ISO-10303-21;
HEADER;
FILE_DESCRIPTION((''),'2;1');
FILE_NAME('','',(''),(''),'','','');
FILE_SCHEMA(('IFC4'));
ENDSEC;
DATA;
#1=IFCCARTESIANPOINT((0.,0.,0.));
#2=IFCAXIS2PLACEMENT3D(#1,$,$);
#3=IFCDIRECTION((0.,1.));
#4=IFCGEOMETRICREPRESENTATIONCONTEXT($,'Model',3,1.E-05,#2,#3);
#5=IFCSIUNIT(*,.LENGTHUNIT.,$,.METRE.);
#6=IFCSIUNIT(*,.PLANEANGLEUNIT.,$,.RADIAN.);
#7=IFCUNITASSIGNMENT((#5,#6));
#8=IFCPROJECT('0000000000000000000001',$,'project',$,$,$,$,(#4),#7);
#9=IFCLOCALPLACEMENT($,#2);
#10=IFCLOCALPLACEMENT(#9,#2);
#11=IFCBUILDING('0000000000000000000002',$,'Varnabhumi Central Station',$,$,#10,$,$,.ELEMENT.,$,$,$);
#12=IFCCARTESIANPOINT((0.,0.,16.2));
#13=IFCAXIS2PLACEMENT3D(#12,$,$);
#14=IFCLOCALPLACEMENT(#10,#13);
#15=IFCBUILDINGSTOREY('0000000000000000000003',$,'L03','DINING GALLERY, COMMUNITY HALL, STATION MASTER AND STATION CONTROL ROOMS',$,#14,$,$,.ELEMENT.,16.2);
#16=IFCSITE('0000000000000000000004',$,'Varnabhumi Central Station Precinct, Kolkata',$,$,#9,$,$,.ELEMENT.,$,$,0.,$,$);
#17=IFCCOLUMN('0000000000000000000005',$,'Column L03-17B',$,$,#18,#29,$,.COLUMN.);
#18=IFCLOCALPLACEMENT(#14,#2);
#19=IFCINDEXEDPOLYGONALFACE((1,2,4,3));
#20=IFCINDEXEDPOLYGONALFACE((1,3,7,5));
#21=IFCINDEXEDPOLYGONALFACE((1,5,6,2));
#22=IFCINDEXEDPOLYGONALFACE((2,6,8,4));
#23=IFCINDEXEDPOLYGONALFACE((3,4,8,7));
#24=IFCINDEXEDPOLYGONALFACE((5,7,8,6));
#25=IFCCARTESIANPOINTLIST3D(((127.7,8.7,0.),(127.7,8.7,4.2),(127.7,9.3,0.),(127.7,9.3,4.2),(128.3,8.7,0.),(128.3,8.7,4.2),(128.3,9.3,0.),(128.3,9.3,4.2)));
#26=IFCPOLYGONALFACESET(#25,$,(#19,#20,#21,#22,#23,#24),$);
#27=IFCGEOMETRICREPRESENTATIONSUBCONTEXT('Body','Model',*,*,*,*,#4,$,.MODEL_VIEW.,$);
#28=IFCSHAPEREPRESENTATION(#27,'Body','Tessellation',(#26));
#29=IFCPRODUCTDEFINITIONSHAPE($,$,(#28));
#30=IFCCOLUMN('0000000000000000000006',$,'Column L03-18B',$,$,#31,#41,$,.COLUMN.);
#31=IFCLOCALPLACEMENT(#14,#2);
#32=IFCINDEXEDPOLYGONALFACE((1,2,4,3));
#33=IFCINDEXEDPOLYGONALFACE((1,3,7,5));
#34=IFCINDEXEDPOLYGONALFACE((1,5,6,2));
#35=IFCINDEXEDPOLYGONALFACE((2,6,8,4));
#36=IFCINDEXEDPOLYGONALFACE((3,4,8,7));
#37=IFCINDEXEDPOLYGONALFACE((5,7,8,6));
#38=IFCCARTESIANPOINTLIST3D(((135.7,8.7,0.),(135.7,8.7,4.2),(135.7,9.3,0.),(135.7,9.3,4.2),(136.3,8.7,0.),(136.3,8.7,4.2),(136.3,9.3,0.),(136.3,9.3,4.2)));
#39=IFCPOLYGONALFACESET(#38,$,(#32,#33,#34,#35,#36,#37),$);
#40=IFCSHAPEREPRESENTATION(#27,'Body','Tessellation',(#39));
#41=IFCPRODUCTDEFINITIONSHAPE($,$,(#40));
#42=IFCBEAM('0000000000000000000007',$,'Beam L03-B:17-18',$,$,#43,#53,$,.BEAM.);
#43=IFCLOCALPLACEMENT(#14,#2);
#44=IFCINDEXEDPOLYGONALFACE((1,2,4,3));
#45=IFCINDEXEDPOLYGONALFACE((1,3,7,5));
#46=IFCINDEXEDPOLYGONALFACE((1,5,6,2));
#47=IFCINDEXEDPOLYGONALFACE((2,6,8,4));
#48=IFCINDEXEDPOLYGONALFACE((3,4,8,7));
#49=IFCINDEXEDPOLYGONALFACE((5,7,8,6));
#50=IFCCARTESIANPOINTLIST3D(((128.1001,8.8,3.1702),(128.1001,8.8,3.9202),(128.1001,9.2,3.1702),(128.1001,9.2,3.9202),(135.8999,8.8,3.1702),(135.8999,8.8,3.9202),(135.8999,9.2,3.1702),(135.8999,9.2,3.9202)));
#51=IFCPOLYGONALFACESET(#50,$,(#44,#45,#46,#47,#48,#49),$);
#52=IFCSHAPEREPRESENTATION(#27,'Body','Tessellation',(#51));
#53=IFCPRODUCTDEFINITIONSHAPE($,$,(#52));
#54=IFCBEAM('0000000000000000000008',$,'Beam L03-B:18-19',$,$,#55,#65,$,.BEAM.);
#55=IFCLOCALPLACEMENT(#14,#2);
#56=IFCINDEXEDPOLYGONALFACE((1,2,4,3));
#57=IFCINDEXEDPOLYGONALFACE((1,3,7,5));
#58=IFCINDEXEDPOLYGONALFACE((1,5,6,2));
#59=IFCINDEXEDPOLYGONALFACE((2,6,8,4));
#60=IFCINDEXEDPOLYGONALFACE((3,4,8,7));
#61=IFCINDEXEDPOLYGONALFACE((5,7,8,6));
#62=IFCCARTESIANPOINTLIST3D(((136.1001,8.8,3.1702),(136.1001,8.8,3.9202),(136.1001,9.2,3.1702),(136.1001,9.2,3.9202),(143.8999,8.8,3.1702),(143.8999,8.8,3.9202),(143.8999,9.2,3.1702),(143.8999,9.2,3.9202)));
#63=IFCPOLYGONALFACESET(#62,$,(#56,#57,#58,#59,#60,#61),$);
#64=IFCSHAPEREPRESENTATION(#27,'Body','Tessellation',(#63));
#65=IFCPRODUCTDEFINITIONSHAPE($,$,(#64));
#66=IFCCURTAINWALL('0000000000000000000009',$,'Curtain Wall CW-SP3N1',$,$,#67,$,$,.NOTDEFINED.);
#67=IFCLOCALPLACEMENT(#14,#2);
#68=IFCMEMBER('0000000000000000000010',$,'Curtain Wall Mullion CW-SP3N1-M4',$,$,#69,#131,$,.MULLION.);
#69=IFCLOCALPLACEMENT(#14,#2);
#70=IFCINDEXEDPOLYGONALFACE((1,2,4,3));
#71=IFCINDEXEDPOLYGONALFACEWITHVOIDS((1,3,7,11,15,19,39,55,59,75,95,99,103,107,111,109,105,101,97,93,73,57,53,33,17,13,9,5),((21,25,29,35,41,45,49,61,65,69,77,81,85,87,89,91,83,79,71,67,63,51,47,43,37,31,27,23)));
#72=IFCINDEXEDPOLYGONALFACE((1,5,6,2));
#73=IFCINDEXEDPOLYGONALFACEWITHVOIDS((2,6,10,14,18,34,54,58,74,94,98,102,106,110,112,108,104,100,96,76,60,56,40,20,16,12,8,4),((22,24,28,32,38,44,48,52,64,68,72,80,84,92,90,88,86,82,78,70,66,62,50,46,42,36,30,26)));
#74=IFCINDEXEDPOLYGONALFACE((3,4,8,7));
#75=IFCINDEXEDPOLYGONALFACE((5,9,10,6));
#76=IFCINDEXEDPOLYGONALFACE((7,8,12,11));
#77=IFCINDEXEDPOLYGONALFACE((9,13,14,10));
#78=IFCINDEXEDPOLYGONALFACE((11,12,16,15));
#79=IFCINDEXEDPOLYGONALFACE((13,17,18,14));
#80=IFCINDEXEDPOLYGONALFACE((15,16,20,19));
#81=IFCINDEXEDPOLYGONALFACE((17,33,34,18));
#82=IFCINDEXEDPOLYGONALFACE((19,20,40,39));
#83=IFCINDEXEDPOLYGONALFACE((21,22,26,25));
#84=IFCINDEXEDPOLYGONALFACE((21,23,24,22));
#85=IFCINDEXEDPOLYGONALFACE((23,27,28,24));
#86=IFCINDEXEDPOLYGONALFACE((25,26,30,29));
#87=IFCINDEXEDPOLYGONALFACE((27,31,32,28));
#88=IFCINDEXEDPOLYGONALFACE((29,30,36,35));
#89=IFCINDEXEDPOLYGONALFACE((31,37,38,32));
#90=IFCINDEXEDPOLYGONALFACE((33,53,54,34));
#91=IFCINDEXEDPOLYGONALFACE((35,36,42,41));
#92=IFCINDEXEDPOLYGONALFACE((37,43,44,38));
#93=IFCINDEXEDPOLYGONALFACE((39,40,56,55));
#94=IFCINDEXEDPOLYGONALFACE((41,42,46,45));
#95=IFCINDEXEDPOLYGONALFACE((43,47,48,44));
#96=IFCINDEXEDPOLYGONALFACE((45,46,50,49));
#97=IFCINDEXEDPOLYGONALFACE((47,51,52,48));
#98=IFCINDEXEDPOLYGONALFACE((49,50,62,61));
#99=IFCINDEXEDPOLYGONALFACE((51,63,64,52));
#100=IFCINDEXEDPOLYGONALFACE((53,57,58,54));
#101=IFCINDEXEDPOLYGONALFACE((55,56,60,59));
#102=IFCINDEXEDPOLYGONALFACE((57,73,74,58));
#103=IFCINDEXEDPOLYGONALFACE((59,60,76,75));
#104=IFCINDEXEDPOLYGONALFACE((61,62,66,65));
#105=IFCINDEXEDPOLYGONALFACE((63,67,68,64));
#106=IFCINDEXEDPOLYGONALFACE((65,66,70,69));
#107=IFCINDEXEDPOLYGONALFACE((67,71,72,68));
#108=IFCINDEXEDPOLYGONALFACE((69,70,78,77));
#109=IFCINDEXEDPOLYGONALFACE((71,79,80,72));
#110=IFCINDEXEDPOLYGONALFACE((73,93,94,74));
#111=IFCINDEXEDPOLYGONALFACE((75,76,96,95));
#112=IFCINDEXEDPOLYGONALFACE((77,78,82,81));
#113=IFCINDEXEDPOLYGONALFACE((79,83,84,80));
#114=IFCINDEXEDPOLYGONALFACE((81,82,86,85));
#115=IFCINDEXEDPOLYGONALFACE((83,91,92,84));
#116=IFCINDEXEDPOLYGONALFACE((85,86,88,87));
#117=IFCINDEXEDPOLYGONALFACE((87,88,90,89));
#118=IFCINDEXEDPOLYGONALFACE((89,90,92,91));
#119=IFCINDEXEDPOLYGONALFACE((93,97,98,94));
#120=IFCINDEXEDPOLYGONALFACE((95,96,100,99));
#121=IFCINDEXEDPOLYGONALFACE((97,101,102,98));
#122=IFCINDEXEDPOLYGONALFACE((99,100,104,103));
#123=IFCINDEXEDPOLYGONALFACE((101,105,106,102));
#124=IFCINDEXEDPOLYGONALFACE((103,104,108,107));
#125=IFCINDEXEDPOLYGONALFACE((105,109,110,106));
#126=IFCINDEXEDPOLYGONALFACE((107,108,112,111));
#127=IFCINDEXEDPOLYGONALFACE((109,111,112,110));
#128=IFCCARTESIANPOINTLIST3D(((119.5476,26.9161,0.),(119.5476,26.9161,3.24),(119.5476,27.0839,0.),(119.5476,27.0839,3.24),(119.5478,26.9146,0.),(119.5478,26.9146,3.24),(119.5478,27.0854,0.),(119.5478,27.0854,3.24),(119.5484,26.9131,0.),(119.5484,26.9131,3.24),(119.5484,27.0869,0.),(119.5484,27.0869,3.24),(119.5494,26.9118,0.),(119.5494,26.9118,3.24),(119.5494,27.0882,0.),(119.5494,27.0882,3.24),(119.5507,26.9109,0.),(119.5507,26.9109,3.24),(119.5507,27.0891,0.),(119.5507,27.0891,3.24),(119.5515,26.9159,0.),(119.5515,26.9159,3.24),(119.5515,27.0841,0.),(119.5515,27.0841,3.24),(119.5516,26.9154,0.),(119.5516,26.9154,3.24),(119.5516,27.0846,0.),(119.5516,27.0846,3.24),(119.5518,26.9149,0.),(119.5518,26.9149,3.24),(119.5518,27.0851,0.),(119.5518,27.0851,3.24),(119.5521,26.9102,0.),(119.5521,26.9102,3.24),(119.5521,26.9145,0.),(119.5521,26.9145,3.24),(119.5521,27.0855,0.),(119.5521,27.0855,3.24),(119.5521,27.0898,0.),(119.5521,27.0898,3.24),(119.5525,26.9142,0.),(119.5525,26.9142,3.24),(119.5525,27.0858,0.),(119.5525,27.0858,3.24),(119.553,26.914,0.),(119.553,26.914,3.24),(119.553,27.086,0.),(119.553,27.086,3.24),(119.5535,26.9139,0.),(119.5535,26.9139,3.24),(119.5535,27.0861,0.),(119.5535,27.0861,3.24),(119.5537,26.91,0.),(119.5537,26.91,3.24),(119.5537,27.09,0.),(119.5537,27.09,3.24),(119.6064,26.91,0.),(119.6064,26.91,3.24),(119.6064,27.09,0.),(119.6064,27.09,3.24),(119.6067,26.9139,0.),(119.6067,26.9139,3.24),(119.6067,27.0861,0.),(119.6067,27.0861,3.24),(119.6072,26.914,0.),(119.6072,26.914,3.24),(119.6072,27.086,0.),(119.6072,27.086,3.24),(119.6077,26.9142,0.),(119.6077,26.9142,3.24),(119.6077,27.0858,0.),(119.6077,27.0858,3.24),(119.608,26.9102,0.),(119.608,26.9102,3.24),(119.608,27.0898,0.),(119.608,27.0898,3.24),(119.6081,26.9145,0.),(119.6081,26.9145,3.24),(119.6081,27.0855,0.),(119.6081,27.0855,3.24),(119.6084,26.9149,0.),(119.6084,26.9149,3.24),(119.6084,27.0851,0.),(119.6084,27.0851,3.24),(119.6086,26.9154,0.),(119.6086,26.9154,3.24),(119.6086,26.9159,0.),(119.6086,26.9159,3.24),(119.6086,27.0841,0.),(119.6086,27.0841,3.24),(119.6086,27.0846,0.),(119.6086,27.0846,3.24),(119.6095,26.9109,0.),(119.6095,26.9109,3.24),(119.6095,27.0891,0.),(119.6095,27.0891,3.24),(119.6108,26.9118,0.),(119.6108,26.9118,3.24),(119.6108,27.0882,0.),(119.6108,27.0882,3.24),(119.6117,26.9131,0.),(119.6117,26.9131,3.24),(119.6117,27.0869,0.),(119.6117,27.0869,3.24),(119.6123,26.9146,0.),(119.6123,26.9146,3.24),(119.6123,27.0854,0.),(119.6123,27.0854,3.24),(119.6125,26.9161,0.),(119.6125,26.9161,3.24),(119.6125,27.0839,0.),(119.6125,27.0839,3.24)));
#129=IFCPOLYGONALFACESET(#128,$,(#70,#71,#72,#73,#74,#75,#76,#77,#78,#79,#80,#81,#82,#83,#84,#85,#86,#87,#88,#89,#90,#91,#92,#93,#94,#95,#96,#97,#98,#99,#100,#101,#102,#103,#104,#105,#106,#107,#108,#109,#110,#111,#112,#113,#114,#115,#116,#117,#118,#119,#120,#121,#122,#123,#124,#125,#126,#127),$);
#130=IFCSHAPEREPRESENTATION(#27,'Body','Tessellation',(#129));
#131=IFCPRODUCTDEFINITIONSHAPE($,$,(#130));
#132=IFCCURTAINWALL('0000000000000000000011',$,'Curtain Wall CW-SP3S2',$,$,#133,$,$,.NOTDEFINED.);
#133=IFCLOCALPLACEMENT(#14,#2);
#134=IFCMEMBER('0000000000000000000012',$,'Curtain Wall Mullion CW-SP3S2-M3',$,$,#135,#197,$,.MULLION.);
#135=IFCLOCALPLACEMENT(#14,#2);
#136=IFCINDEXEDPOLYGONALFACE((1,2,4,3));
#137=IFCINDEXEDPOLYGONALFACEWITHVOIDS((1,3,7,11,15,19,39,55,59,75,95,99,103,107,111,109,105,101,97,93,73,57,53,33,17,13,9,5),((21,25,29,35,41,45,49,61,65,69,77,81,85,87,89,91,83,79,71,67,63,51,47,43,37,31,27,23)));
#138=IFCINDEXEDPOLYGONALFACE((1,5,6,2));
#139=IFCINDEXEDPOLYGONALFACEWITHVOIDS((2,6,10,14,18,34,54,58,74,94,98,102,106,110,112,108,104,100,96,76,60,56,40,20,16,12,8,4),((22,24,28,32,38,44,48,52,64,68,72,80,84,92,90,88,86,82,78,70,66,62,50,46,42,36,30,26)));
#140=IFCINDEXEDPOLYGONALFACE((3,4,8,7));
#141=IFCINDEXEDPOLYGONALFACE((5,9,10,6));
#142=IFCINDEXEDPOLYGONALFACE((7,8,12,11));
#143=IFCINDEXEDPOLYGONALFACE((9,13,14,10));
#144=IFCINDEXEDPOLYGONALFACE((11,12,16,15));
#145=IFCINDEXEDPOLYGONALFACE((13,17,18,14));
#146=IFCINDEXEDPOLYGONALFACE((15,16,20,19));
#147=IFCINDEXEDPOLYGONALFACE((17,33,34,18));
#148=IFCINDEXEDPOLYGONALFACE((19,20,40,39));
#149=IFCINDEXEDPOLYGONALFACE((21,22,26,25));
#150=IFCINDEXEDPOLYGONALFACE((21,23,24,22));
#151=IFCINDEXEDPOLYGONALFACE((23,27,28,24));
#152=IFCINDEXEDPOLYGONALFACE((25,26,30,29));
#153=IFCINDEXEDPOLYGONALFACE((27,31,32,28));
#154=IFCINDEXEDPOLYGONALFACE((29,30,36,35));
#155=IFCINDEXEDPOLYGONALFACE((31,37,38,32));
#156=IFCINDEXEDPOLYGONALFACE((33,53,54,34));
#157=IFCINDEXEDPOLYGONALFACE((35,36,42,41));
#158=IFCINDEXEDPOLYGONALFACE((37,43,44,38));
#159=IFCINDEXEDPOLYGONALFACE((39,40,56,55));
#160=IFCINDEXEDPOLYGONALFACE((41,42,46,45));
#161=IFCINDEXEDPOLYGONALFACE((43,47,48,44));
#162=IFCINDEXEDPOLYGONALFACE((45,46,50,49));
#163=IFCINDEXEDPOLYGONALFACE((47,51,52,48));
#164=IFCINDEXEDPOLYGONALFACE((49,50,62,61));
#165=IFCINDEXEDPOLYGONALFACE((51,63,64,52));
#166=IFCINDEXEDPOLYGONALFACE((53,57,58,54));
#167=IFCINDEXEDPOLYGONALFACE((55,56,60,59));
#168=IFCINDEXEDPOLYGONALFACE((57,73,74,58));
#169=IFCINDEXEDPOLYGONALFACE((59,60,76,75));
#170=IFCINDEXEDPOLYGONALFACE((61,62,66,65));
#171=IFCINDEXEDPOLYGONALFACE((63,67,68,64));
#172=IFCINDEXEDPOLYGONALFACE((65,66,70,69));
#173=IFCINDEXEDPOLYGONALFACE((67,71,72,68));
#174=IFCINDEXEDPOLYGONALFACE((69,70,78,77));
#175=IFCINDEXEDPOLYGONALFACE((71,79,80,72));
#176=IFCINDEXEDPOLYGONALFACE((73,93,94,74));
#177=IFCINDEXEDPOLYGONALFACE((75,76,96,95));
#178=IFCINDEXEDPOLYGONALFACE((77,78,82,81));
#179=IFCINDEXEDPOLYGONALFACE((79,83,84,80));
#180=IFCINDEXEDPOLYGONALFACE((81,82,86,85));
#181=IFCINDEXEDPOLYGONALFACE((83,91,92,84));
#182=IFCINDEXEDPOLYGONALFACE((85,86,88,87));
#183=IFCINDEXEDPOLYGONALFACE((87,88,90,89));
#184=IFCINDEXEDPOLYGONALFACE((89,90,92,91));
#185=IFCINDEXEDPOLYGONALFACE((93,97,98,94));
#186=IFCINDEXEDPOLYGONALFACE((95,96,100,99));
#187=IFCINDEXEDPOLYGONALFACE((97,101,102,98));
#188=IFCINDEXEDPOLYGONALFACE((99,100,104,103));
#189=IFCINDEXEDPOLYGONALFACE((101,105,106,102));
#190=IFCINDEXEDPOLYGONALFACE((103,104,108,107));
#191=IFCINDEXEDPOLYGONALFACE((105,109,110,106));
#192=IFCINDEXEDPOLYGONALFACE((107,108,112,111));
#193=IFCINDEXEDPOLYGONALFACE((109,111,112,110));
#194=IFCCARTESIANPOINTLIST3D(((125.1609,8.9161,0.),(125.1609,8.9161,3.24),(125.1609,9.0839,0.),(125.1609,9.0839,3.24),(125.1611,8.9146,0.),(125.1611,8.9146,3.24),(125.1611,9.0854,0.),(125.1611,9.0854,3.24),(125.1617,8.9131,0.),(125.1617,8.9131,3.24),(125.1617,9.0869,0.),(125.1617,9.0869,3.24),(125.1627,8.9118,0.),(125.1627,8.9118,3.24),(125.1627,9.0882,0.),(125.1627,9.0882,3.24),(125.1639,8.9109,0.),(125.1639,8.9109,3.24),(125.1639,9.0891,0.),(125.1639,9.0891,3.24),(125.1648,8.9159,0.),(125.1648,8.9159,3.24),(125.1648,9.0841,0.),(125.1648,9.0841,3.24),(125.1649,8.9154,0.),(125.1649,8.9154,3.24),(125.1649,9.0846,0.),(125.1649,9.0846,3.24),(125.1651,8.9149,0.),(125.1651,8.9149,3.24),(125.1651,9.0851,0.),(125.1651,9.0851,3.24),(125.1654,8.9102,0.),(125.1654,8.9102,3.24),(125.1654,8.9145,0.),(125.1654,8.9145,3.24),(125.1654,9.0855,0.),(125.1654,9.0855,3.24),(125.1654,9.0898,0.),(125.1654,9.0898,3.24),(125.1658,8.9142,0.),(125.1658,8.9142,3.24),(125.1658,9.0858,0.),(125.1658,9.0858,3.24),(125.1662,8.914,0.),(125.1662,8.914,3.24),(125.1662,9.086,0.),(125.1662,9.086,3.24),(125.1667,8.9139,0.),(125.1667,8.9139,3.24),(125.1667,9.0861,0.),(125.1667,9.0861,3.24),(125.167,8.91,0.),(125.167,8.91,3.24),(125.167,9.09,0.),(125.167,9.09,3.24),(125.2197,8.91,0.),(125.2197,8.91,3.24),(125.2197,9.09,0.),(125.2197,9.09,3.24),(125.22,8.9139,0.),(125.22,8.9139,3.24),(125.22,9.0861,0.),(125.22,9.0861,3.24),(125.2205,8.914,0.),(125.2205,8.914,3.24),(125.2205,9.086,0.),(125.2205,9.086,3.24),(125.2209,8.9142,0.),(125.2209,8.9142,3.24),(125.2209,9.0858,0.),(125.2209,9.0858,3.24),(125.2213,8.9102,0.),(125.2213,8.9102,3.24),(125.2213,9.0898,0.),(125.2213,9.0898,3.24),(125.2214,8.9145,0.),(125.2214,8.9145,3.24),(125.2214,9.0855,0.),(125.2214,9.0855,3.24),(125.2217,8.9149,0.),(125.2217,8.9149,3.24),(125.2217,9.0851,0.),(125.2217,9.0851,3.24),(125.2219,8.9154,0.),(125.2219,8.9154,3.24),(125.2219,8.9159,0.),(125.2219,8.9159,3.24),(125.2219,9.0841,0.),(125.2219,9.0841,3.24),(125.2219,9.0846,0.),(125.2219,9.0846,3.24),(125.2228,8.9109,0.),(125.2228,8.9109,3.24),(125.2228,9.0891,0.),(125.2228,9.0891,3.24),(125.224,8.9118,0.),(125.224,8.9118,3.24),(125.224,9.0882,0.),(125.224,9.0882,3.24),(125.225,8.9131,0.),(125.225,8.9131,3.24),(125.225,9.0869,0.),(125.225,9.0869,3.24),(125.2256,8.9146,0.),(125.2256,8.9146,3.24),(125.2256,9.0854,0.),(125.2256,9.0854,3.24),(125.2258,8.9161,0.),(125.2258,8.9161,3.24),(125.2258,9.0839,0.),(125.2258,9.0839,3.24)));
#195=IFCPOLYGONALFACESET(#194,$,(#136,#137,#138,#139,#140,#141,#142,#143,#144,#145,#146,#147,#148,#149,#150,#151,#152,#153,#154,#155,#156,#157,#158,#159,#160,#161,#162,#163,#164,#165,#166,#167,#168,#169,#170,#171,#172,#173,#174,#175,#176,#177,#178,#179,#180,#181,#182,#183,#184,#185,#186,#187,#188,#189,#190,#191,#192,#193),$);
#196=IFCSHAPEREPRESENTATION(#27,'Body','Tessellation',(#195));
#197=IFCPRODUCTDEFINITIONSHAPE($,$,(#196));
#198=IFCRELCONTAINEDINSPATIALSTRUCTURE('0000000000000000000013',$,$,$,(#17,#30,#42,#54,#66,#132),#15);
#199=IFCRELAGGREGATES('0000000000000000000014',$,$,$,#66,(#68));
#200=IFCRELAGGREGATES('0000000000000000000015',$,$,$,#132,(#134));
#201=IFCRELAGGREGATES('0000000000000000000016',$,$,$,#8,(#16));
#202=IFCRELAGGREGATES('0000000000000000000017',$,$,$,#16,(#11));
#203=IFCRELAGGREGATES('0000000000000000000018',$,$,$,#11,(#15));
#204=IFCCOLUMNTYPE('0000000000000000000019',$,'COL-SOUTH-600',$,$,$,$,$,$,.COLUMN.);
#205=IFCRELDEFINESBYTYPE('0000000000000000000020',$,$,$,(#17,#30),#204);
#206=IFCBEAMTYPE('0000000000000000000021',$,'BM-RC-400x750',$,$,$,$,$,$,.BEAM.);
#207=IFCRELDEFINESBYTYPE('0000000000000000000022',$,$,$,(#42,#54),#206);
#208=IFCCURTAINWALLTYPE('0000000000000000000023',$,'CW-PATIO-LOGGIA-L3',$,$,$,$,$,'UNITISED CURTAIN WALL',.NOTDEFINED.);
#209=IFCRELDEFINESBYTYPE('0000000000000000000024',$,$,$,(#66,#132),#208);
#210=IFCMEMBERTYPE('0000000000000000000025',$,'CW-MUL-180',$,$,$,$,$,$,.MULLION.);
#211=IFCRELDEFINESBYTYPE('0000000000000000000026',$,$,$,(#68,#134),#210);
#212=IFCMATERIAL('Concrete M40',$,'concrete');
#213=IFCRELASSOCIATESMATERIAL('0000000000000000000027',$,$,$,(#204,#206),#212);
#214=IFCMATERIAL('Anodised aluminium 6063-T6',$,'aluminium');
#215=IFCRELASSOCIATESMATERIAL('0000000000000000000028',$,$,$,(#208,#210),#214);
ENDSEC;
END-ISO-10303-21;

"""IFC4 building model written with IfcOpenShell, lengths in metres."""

from ifc_helpers import new_model, si_unit, direction, frame, origin, origin_2d, place, context, subcontext, project, spatial, rectangle, hollow_rectangle, extrude, material, material_profile, profile_set, type_object, element, aggregate, save


model = new_model("IFC4")

# Units and contexts
model_context = context("Model", 3, precision=1e-05, world=origin(), true_north=direction((0.0, 1.0)))
body_context = subcontext(model_context, "Body", "Model", "MODEL_VIEW")
ifc_project = project(units=[si_unit("LENGTHUNIT", "METRE"), si_unit("PLANEANGLEUNIT", "RADIAN")], contexts=[model_context])

# Site, building, storey
site_placement = place(None, origin())
site = spatial("IfcSite", under=ifc_project, at=site_placement, Name="Varnabhumi Central Station Precinct, Kolkata", CompositionType="ELEMENT", RefElevation=0.0)
building_placement = place(site_placement, origin())
building = spatial("IfcBuilding", under=site, at=building_placement, Name="Varnabhumi Central Station", CompositionType="ELEMENT")
storey_placement = place(building_placement, frame((0.0, 0.0, 16.2)))
storey = spatial("IfcBuildingStorey", under=building, at=storey_placement, Name="L03", Description="DINING GALLERY, COMMUNITY HALL, STATION MASTER AND STATION CONTROL ROOMS", CompositionType="ELEMENT", Elevation=16.2)

# Columns
ifc_material_1 = material(Name="Concrete M40", Category="concrete")
ifc_material_profile_1 = material_profile(ifc_material_1, rectangle(XDim=0.6001, YDim=0.6001, at=origin_2d()), Name="Concrete M40", Category="concrete")
ifc_profile_set_1 = profile_set([ifc_material_profile_1], Name="Concrete M40")
column_type = type_object("IfcColumnType", Name="COL-SOUTH-600", PredefinedType="COLUMN", material=ifc_profile_set_1)
for number, where, z_axis, x_axis, name in (
    (1, (128.0, 9.0, 0.0), (0.0, 0.0, 1.0), (1.0, 0.0, 0.0), "Column L03-17B"),
    (2, (136.0, 9.0, 0.0), (0.0, 0.0, 1.0), (1.0, 0.0, 0.0), "Column L03-18B"),
):
    element("IfcColumn", number, at=place(storey_placement, frame(where, z_axis=z_axis, x_axis=x_axis)), inside=storey, type_object=column_type, Name=name, PredefinedType="COLUMN", context=body_context, shape_type="SweptSolid", body=[
        extrude(rectangle(XDim=0.6001, YDim=0.6001, at=origin_2d()), origin(), (0.0, 0.0, 1.0), 4.2),
    ])

# Beams
ifc_material_profile_2 = material_profile(ifc_material_1, rectangle(XDim=0.3999, YDim=0.75, at=origin_2d()), Name="Concrete M40", Category="concrete")
ifc_profile_set_2 = profile_set([ifc_material_profile_2], Name="Concrete M40")
beam_type = type_object("IfcBeamType", Name="BM-RC-400x750", PredefinedType="BEAM", material=ifc_profile_set_2)
for number, where, z_axis, x_axis, name in (
    (3, (128.1001, 9.0, 3.5452), (1.0, 0.0, 0.0), (0.0, 1.0, 0.0), "Beam L03-B:17-18"),
    (4, (136.1001, 9.0, 3.5452), (1.0, 0.0, 0.0), (0.0, 1.0, 0.0), "Beam L03-B:18-19"),
):
    element("IfcBeam", number, at=place(storey_placement, frame(where, z_axis=z_axis, x_axis=x_axis)), inside=storey, type_object=beam_type, Name=name, PredefinedType="BEAM", context=body_context, shape_type="SweptSolid", body=[
        extrude(rectangle(XDim=0.3999, YDim=0.75, at=origin_2d()), origin(), (0.0, 0.0, 1.0), 7.7998),
    ])

# Curtain wall, member
ifc_material_2 = material(Name="Anodised aluminium 6063-T6", Category="aluminium")
curtain_wall_type = type_object("IfcCurtainWallType", Name="CW-PATIO-LOGGIA-L3", ElementType="UNITISED CURTAIN WALL", PredefinedType="NOTDEFINED", material=ifc_material_2)
curtain_wall_1_placement = place(storey_placement, origin())
curtain_wall_1 = element("IfcCurtainWall", 5, at=curtain_wall_1_placement, inside=storey, type_object=curtain_wall_type, Name="Curtain Wall CW-SP3N1", PredefinedType="NOTDEFINED")
ifc_material_profile_3 = material_profile(ifc_material_2, hollow_rectangle(XDim=0.0649, YDim=0.1799, WallThickness=0.0039, InnerFilletRadius=0.002, OuterFilletRadius=0.0061, at=origin_2d()), Name="Anodised aluminium 6063-T6", Category="aluminium")
ifc_profile_set_3 = profile_set([ifc_material_profile_3], Name="Anodised aluminium 6063-T6")
member_type_1 = type_object("IfcMemberType", Name="CW-MUL-180", PredefinedType="MULLION", material=ifc_profile_set_3)
member_1_placement = place(storey_placement, frame((119.5801, 27.0, 0.0), z_axis=(0.0, 0.0, 1.0), x_axis=(1.0, 0.0, 0.0)))
member_1 = element("IfcMember", 6, at=member_1_placement, type_object=member_type_1, Name="Curtain Wall Mullion CW-SP3N1-M4", PredefinedType="MULLION", context=body_context, shape_type="SweptSolid", body=[
    extrude(hollow_rectangle(XDim=0.0649, YDim=0.1799, WallThickness=0.0039, InnerFilletRadius=0.002, OuterFilletRadius=0.0061, at=origin_2d()), origin(), (0.0, 0.0, 1.0), 3.24),
])

# Curtain wall, member
curtain_wall_2_placement = place(storey_placement, origin())
curtain_wall_2 = element("IfcCurtainWall", 7, at=curtain_wall_2_placement, inside=storey, type_object=curtain_wall_type, Name="Curtain Wall CW-SP3S2", PredefinedType="NOTDEFINED")
member_2_placement = place(storey_placement, frame((125.1934, 9.0, 0.0), z_axis=(0.0, 0.0, 1.0), x_axis=(1.0, 0.0, 0.0)))
member_2 = element("IfcMember", 8, at=member_2_placement, type_object=member_type_1, Name="Curtain Wall Mullion CW-SP3S2-M3", PredefinedType="MULLION", context=body_context, shape_type="SweptSolid", body=[
    extrude(hollow_rectangle(XDim=0.0649, YDim=0.1799, WallThickness=0.0039, InnerFilletRadius=0.002, OuterFilletRadius=0.0061, at=origin_2d()), origin(), (0.0, 0.0, 1.0), 3.24),
])

aggregate(curtain_wall_1, [member_1])
aggregate(curtain_wall_2, [member_2])

save(model, "model.ifc")
